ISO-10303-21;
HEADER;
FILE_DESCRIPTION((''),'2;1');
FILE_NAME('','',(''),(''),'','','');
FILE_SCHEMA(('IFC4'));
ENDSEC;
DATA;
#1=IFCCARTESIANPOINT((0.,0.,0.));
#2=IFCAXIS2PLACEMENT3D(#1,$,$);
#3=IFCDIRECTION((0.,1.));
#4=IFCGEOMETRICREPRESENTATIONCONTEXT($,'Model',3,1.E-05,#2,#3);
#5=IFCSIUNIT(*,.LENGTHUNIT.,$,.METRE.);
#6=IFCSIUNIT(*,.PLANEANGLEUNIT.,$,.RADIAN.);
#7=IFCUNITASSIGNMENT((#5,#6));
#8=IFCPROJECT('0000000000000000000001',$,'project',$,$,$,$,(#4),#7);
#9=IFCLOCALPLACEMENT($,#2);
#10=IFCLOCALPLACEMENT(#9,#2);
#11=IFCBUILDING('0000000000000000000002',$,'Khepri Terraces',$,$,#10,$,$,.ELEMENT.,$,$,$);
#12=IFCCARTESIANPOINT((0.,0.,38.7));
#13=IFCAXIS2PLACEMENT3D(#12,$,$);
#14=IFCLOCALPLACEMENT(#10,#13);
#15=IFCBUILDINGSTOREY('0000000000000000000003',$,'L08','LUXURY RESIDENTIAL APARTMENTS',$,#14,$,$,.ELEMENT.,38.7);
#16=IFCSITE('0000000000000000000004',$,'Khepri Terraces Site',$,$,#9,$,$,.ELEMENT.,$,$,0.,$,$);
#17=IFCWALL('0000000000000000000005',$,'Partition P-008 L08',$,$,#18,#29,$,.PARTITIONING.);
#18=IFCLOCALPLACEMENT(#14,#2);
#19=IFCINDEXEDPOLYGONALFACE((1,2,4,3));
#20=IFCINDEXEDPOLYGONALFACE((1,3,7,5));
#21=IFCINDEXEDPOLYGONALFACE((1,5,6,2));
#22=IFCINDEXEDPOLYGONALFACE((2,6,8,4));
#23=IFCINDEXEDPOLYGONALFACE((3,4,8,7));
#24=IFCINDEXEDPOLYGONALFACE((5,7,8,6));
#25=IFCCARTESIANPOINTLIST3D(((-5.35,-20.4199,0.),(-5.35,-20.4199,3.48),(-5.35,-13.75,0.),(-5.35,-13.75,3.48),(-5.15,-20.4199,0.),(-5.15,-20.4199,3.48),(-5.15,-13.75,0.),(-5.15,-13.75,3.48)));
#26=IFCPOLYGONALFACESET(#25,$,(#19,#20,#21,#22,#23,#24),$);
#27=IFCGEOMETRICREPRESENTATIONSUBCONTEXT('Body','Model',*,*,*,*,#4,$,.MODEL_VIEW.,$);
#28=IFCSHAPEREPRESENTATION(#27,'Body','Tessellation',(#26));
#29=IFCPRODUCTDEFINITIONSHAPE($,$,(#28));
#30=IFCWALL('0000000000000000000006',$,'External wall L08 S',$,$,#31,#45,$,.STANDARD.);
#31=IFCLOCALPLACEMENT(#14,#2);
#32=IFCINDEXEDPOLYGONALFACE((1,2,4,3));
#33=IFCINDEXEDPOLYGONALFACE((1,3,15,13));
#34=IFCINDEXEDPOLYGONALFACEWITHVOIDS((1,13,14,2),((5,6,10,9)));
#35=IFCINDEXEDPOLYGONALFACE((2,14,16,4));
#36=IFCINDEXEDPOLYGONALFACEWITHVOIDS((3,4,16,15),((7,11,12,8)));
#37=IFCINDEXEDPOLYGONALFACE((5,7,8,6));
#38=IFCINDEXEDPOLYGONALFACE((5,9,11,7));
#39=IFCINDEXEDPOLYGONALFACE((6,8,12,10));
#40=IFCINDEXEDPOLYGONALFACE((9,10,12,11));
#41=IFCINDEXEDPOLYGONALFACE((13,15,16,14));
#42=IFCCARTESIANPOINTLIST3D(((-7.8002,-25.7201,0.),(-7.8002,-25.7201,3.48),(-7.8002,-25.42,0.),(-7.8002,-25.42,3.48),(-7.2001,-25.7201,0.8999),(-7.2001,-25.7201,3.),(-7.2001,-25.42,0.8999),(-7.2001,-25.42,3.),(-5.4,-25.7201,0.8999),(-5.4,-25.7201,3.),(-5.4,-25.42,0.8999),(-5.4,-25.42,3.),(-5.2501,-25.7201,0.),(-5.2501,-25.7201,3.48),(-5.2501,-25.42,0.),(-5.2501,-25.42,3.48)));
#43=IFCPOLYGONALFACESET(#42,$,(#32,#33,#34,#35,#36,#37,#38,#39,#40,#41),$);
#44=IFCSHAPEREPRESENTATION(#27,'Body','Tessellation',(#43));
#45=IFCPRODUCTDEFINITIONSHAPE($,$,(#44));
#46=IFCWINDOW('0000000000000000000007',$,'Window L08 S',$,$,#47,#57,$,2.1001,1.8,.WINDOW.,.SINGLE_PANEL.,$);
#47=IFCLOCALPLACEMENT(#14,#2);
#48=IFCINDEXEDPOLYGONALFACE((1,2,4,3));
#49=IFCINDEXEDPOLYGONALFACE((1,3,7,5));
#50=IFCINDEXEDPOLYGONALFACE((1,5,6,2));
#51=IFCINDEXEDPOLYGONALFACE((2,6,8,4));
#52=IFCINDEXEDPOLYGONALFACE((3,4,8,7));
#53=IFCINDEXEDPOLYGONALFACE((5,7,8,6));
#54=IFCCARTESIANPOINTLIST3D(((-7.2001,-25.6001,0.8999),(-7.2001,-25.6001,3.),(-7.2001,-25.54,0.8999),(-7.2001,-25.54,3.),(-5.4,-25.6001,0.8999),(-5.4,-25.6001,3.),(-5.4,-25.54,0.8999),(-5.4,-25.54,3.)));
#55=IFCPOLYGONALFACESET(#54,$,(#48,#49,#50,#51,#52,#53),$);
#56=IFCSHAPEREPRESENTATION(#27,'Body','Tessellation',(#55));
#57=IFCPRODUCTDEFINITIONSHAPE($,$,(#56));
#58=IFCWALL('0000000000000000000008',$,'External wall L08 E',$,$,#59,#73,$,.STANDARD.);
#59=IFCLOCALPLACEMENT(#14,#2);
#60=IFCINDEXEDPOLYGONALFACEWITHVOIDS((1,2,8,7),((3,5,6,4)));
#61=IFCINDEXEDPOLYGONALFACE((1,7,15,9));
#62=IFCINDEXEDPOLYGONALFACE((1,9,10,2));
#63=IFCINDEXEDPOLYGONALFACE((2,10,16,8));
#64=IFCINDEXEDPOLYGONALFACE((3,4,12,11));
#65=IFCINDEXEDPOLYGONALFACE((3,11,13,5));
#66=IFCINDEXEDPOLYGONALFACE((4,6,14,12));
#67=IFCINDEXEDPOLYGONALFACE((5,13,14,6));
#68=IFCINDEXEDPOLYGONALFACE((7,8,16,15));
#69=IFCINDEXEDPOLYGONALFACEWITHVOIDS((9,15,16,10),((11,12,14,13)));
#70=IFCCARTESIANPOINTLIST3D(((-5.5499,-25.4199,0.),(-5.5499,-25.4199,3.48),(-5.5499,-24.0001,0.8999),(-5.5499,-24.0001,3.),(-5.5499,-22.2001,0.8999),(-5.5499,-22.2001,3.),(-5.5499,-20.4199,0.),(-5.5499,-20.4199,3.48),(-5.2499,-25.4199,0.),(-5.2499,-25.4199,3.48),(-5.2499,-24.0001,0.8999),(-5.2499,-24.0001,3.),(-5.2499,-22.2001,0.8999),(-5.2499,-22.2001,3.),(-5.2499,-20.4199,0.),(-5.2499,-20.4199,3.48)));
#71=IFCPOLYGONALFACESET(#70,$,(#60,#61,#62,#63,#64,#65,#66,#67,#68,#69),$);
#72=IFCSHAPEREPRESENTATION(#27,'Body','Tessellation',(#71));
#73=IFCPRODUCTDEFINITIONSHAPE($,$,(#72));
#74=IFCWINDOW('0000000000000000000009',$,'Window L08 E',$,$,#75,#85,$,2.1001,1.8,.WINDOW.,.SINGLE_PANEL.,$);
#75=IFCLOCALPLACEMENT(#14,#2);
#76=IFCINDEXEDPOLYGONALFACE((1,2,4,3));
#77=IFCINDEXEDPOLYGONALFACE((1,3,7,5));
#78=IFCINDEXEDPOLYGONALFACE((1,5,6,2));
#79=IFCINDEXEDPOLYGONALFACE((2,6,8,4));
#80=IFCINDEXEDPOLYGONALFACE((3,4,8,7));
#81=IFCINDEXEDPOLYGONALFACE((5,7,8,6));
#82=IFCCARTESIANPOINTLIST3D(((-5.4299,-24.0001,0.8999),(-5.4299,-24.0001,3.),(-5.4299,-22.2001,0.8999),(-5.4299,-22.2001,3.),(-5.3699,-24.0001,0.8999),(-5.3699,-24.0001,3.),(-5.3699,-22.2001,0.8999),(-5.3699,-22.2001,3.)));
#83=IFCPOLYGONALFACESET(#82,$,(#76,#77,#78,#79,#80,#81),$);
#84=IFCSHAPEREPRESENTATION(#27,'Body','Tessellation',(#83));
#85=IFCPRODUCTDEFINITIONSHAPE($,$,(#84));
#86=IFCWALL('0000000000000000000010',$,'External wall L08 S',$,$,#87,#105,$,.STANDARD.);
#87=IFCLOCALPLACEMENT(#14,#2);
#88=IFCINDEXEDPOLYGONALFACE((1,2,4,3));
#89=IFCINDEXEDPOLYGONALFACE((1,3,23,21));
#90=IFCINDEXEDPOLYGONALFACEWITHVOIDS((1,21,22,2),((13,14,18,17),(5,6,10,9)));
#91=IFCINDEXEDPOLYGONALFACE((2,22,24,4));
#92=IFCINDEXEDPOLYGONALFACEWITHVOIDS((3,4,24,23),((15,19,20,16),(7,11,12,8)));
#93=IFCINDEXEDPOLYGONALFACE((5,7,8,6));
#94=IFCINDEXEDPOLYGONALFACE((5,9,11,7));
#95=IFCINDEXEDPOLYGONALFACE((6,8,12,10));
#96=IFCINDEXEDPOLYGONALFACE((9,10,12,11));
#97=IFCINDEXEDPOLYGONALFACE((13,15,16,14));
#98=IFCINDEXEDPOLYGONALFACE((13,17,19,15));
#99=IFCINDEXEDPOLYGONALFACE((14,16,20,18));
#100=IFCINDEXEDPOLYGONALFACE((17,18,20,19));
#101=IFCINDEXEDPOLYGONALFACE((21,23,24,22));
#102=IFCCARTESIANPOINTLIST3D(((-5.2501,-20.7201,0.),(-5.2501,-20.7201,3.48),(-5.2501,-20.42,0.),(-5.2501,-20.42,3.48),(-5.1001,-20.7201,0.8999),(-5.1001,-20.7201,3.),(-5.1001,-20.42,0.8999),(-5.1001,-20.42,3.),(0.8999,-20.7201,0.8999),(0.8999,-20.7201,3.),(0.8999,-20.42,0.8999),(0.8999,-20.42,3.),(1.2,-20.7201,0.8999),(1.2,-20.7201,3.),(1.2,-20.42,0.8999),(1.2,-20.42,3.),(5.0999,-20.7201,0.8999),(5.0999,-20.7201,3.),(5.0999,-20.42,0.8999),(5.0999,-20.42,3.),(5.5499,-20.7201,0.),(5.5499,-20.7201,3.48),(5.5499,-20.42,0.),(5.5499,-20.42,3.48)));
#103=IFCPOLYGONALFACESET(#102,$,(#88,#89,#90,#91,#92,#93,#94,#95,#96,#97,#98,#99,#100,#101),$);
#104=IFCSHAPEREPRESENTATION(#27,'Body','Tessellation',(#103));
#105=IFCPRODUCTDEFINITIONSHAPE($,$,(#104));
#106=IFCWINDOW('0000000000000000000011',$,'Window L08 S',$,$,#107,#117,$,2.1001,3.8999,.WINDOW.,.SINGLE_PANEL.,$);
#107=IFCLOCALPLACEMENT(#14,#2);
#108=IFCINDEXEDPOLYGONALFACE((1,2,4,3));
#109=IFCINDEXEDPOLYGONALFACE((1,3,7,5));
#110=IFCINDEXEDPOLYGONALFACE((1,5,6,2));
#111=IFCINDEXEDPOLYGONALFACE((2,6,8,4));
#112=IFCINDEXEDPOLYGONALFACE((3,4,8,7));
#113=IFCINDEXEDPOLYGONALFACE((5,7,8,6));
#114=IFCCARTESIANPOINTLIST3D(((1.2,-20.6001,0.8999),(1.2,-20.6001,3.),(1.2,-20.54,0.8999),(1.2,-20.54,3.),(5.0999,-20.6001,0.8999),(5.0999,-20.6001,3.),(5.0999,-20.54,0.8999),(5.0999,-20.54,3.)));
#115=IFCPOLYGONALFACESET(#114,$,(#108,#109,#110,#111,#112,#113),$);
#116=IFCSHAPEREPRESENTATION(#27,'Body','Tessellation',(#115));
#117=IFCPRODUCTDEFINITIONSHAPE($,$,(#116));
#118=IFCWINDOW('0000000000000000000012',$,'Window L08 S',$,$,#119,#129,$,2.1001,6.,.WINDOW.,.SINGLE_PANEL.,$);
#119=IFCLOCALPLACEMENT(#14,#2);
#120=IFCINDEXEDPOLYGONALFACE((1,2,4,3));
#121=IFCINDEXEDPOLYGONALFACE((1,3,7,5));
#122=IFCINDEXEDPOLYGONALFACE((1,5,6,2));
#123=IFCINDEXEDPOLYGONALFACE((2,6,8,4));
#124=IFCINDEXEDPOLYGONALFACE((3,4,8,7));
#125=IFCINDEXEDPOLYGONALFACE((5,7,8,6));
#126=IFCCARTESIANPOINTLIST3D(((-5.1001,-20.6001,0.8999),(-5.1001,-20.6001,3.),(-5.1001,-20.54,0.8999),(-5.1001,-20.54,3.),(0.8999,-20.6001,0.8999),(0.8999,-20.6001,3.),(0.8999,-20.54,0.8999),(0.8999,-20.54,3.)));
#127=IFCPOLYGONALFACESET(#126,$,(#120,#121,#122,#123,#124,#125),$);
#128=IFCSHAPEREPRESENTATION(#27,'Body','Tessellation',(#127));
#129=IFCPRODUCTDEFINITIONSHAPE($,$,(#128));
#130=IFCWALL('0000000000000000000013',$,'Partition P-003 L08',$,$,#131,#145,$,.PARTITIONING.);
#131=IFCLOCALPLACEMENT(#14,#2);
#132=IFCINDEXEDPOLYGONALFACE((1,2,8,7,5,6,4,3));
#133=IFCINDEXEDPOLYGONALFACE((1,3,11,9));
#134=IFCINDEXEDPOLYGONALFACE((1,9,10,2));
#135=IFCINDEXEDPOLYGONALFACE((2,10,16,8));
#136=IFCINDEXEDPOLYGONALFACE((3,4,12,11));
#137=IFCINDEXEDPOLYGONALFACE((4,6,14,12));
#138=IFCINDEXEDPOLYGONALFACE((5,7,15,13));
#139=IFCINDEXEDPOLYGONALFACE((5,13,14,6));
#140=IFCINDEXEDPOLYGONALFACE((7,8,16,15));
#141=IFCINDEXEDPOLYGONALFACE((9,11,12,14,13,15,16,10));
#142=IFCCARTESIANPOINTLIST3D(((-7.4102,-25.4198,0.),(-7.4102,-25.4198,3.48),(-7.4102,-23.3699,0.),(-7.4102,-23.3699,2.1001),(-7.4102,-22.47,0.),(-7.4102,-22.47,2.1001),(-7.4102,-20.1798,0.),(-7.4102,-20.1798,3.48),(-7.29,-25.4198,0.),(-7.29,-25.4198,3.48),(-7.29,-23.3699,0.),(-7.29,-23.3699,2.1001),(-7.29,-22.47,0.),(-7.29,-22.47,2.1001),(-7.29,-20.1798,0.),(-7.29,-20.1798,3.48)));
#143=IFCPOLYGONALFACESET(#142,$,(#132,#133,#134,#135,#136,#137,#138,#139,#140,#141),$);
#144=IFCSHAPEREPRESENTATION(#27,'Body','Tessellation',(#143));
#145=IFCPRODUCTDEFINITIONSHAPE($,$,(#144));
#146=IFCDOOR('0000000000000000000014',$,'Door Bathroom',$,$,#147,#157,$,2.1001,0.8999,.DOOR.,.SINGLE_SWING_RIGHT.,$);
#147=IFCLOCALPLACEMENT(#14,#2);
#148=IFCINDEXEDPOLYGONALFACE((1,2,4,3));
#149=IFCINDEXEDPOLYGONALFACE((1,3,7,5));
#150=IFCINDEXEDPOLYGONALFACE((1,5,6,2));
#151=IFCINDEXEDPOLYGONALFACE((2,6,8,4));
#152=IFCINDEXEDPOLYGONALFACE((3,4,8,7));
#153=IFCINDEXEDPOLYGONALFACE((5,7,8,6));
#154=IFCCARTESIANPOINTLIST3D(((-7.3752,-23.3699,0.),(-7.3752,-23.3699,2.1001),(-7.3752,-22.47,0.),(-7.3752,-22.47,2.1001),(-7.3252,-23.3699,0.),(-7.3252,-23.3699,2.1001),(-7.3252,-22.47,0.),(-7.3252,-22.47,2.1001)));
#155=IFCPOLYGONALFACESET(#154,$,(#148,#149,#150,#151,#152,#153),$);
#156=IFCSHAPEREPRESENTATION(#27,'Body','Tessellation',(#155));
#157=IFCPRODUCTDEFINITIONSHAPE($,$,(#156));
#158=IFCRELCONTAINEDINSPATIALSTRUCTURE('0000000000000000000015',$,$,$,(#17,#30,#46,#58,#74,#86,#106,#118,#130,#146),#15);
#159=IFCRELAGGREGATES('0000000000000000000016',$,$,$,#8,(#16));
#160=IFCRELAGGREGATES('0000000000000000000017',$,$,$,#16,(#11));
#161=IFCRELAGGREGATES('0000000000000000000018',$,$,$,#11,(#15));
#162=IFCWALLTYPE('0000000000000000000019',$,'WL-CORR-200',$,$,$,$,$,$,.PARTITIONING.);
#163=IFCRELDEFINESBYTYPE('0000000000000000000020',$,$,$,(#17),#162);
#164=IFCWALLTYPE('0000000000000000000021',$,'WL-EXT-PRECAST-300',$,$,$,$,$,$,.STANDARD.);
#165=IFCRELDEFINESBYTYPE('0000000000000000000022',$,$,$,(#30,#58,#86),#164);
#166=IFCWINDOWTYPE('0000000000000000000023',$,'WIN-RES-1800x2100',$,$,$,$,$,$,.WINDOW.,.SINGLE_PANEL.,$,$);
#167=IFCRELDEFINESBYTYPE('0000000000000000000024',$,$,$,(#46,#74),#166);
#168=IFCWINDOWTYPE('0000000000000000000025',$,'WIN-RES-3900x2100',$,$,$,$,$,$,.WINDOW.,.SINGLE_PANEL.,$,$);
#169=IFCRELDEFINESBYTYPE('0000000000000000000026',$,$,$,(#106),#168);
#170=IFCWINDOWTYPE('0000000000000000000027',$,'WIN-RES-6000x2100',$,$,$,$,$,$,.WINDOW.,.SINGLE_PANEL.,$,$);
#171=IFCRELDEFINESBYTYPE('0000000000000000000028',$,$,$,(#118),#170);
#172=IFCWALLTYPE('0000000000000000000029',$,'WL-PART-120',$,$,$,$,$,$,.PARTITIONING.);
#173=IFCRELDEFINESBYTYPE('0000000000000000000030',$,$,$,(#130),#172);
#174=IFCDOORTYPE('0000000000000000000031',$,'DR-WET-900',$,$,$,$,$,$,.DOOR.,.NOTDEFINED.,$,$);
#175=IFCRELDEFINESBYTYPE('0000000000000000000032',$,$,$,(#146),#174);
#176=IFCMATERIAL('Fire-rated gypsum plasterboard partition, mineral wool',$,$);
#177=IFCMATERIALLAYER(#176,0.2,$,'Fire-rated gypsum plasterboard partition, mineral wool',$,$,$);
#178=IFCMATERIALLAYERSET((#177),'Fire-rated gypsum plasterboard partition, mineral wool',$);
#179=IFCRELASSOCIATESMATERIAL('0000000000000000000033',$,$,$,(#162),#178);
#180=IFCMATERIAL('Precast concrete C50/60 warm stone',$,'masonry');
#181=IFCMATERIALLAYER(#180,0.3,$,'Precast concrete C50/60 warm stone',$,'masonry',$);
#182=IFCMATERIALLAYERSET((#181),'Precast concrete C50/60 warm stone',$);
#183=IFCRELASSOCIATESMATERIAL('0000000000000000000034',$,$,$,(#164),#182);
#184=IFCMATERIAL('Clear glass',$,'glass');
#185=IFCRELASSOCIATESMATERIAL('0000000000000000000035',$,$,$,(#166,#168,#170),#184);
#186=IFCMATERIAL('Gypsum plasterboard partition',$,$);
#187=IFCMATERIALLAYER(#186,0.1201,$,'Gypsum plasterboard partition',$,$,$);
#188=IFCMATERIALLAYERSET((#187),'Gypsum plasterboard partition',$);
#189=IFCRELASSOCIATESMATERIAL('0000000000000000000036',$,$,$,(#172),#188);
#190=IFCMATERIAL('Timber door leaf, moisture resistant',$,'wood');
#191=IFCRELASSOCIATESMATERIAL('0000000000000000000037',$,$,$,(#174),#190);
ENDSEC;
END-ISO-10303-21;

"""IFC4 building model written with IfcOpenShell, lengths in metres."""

from ifc_helpers import new_model, si_unit, direction, frame, frame_2d, origin, place, context, subcontext, project, spatial, rectangle, extrude, material, layer, layer_set, type_object, element, fill, save


model = new_model("IFC4")

# Units and contexts
model_context = context("Model", 3, precision=1e-05, world=origin(), true_north=direction((0.0, 1.0)))
body_context = subcontext(model_context, "Body", "Model", "MODEL_VIEW")
ifc_project = project(units=[si_unit("LENGTHUNIT", "METRE"), si_unit("PLANEANGLEUNIT", "RADIAN")], contexts=[model_context])

# Site, building, storey
site_placement = place(None, origin())
site = spatial("IfcSite", under=ifc_project, at=site_placement, Name="Khepri Terraces Site", CompositionType="ELEMENT", RefElevation=0.0)
building_placement = place(site_placement, origin())
building = spatial("IfcBuilding", under=site, at=building_placement, Name="Khepri Terraces", CompositionType="ELEMENT")
storey_placement = place(building_placement, frame((0.0, 0.0, 38.7)))
storey = spatial("IfcBuildingStorey", under=building, at=storey_placement, Name="L08", Description="LUXURY RESIDENTIAL APARTMENTS", CompositionType="ELEMENT", Elevation=38.7)

# Wall
ifc_material_1 = material(Name="Fire-rated gypsum plasterboard partition, mineral wool")
ifc_layer_1 = layer(ifc_material_1, 0.2, Name="Fire-rated gypsum plasterboard partition, mineral wool")
ifc_layer_set_1 = layer_set([ifc_layer_1], Name="Fire-rated gypsum plasterboard partition, mineral wool")
wall_type_1 = type_object("IfcWallType", Name="WL-CORR-200", PredefinedType="PARTITIONING", material=ifc_layer_set_1)
wall_1_placement = place(storey_placement, frame((-5.25, -20.4199, 0.0), z_axis=(0.0, 0.0, 1.0), x_axis=(0.0, 1.0, 0.0)))
element("IfcWall", 1, at=wall_1_placement, inside=storey, type_object=wall_type_1, Name="Partition P-008 L08", PredefinedType="PARTITIONING", context=body_context, shape_type="SweptSolid", body=[
    extrude(rectangle(XDim=6.6699, YDim=0.2, at=frame_2d((3.335, 0.0))), origin(), (0.0, 0.0, 1.0), 3.48),
])

# Walls, openings, windows
ifc_material_2 = material(Name="Precast concrete C50/60 warm stone", Category="masonry")
ifc_layer_2 = layer(ifc_material_2, 0.3, Name="Precast concrete C50/60 warm stone", Category="masonry")
ifc_layer_set_2 = layer_set([ifc_layer_2], Name="Precast concrete C50/60 warm stone")
wall_type_2 = type_object("IfcWallType", Name="WL-EXT-PRECAST-300", PredefinedType="STANDARD", material=ifc_layer_set_2)
wall_2_placement = place(storey_placement, frame((-7.8, -25.5701, 0.0), z_axis=(0.0, 0.0, 1.0), x_axis=(1.0, 0.0, 0.0)))
wall_2 = element("IfcWall", 2, at=wall_2_placement, inside=storey, type_object=wall_type_2, Name="External wall L08 S", PredefinedType="STANDARD", context=body_context, shape_type="SweptSolid", body=[
    extrude(rectangle(XDim=2.55, YDim=0.3, at=frame_2d((1.2749, 0.0))), origin(), (0.0, 0.0, 1.0), 3.48),
])
opening_1_placement = place(wall_2_placement, frame((0.6001, 0.0, 0.8999)))
opening_1 = element("IfcOpeningElement", 3, at=opening_1_placement, cuts=wall_2, PredefinedType="OPENING", context=body_context, shape_type="SweptSolid", body=[
    extrude(rectangle(XDim=1.8, YDim=2.1001, at=frame_2d((0.8999, 1.05))), frame((0.0, 0.1602, 0.0), z_axis=(0.0, -1.0, 0.0), x_axis=(1.0, 0.0, 0.0)), (0.0, 0.0, 1.0), 0.3201),
])
ifc_material_3 = material(Name="Clear glass", Category="glass")
window_type_1 = type_object("IfcWindowType", Name="WIN-RES-1800x2100", PartitioningType="SINGLE_PANEL", PredefinedType="WINDOW", material=ifc_material_3)
window_1_placement = place(opening_1_placement, origin())
window_1 = element("IfcWindow", 4, at=window_1_placement, inside=storey, type_object=window_type_1, Name="Window L08 S", OverallHeight=2.1001, OverallWidth=1.8, PartitioningType="SINGLE_PANEL", PredefinedType="WINDOW", context=body_context, shape_type="SweptSolid", body=[
    extrude(rectangle(XDim=1.8, YDim=2.1001, at=frame_2d((0.8999, 1.05))), frame((0.0, 0.03, 0.0), z_axis=(0.0, -1.0, 0.0), x_axis=(1.0, 0.0, 0.0)), (0.0, 0.0, 1.0), 0.0601),
])
fill(opening_1, window_1)
wall_3_placement = place(storey_placement, frame((-5.3999, -25.4199, 0.0), z_axis=(0.0, 0.0, 1.0), x_axis=(0.0, 1.0, 0.0)))
wall_3 = element("IfcWall", 5, at=wall_3_placement, inside=storey, type_object=wall_type_2, Name="External wall L08 E", PredefinedType="STANDARD", context=body_context, shape_type="SweptSolid", body=[
    extrude(rectangle(XDim=5.0, YDim=0.3, at=frame_2d((2.5, 0.0))), origin(), (0.0, 0.0, 1.0), 3.48),
])
opening_2_placement = place(wall_3_placement, frame((1.4199, 0.0, 0.8999)))
opening_2 = element("IfcOpeningElement", 6, at=opening_2_placement, cuts=wall_3, PredefinedType="OPENING", context=body_context, shape_type="SweptSolid", body=[
    extrude(rectangle(XDim=1.8, YDim=2.1001, at=frame_2d((0.8999, 1.05))), frame((0.0, 0.1602, 0.0), z_axis=(0.0, -1.0, 0.0), x_axis=(1.0, 0.0, 0.0)), (0.0, 0.0, 1.0), 0.3201),
])
window_2_placement = place(opening_2_placement, origin())
window_2 = element("IfcWindow", 7, at=window_2_placement, inside=storey, type_object=window_type_1, Name="Window L08 E", OverallHeight=2.1001, OverallWidth=1.8, PartitioningType="SINGLE_PANEL", PredefinedType="WINDOW", context=body_context, shape_type="SweptSolid", body=[
    extrude(rectangle(XDim=1.8, YDim=2.1001, at=frame_2d((0.8999, 1.05))), frame((0.0, 0.03, 0.0), z_axis=(0.0, -1.0, 0.0), x_axis=(1.0, 0.0, 0.0)), (0.0, 0.0, 1.0), 0.0601),
])
fill(opening_2, window_2)

# Wall, openings, windows
wall_4_placement = place(storey_placement, frame((-5.25, -20.5701, 0.0), z_axis=(0.0, 0.0, 1.0), x_axis=(1.0, 0.0, 0.0)))
wall_4 = element("IfcWall", 8, at=wall_4_placement, inside=storey, type_object=wall_type_2, Name="External wall L08 S", PredefinedType="STANDARD", context=body_context, shape_type="SweptSolid", body=[
    extrude(rectangle(XDim=10.8, YDim=0.3, at=frame_2d((5.3999, 0.0))), origin(), (0.0, 0.0, 1.0), 3.48),
])
opening_3_placement = place(wall_4_placement, frame((0.1499, 0.0, 0.8999)))
opening_3 = element("IfcOpeningElement", 9, at=opening_3_placement, cuts=wall_4, PredefinedType="OPENING", context=body_context, shape_type="SweptSolid", body=[
    extrude(rectangle(XDim=6.0, YDim=2.1001, at=frame_2d((3.0, 1.05))), frame((0.0, 0.1602, 0.0), z_axis=(0.0, -1.0, 0.0), x_axis=(1.0, 0.0, 0.0)), (0.0, 0.0, 1.0), 0.3201),
])
opening_4_placement = place(wall_4_placement, frame((6.45, 0.0, 0.8999)))
opening_4 = element("IfcOpeningElement", 10, at=opening_4_placement, cuts=wall_4, PredefinedType="OPENING", context=body_context, shape_type="SweptSolid", body=[
    extrude(rectangle(XDim=3.8999, YDim=2.1001, at=frame_2d((1.95, 1.05))), frame((0.0, 0.1602, 0.0), z_axis=(0.0, -1.0, 0.0), x_axis=(1.0, 0.0, 0.0)), (0.0, 0.0, 1.0), 0.3201),
])
window_type_2 = type_object("IfcWindowType", Name="WIN-RES-3900x2100", PartitioningType="SINGLE_PANEL", PredefinedType="WINDOW", material=ifc_material_3)
window_3_placement = place(opening_4_placement, origin())
window_3 = element("IfcWindow", 11, at=window_3_placement, inside=storey, type_object=window_type_2, Name="Window L08 S", OverallHeight=2.1001, OverallWidth=3.8999, PartitioningType="SINGLE_PANEL", PredefinedType="WINDOW", context=body_context, shape_type="SweptSolid", body=[
    extrude(rectangle(XDim=3.8999, YDim=2.1001, at=frame_2d((1.95, 1.05))), frame((0.0, 0.03, 0.0), z_axis=(0.0, -1.0, 0.0), x_axis=(1.0, 0.0, 0.0)), (0.0, 0.0, 1.0), 0.0601),
])
fill(opening_4, window_3)
window_type_3 = type_object("IfcWindowType", Name="WIN-RES-6000x2100", PartitioningType="SINGLE_PANEL", PredefinedType="WINDOW", material=ifc_material_3)
window_4_placement = place(opening_3_placement, origin())
window_4 = element("IfcWindow", 12, at=window_4_placement, inside=storey, type_object=window_type_3, Name="Window L08 S", OverallHeight=2.1001, OverallWidth=6.0, PartitioningType="SINGLE_PANEL", PredefinedType="WINDOW", context=body_context, shape_type="SweptSolid", body=[
    extrude(rectangle(XDim=6.0, YDim=2.1001, at=frame_2d((3.0, 1.05))), frame((0.0, 0.03, 0.0), z_axis=(0.0, -1.0, 0.0), x_axis=(1.0, 0.0, 0.0)), (0.0, 0.0, 1.0), 0.0601),
])
fill(opening_3, window_4)

# Wall, opening, door
ifc_material_4 = material(Name="Gypsum plasterboard partition")
ifc_layer_3 = layer(ifc_material_4, 0.1201, Name="Gypsum plasterboard partition")
ifc_layer_set_3 = layer_set([ifc_layer_3], Name="Gypsum plasterboard partition")
wall_type_3 = type_object("IfcWallType", Name="WL-PART-120", PredefinedType="PARTITIONING", material=ifc_layer_set_3)
wall_5_placement = place(storey_placement, frame((-7.3501, -25.4199, 0.0), z_axis=(0.0, 0.0, 1.0), x_axis=(0.0, 1.0, 0.0)))
wall_5 = element("IfcWall", 13, at=wall_5_placement, inside=storey, type_object=wall_type_3, Name="Partition P-003 L08", PredefinedType="PARTITIONING", context=body_context, shape_type="SweptSolid", body=[
    extrude(rectangle(XDim=5.24, YDim=0.1201, at=frame_2d((2.6201, 0.0))), origin(), (0.0, 0.0, 1.0), 3.48),
])
opening_5_placement = place(wall_5_placement, frame((2.05, 0.0, 0.0)))
opening_5 = element("IfcOpeningElement", 14, at=opening_5_placement, cuts=wall_5, PredefinedType="OPENING", context=body_context, shape_type="SweptSolid", body=[
    extrude(rectangle(XDim=0.8999, YDim=2.1001, at=frame_2d((0.45, 1.05))), frame((0.0, 0.0701, 0.0), z_axis=(0.0, -1.0, 0.0), x_axis=(1.0, 0.0, 0.0)), (0.0, 0.0, 1.0), 0.1401),
])
ifc_material_5 = material(Name="Timber door leaf, moisture resistant", Category="wood")
door_type_1 = type_object("IfcDoorType", Name="DR-WET-900", OperationType="NOTDEFINED", PredefinedType="DOOR", material=ifc_material_5)
door_1_placement = place(opening_5_placement, frame((0.8999, 0.0, 0.0), z_axis=(0.0, 0.0, 1.0), x_axis=(-1.0, 0.0, 0.0)))
door_1 = element("IfcDoor", 15, at=door_1_placement, inside=storey, type_object=door_type_1, Name="Door Bathroom", OperationType="SINGLE_SWING_RIGHT", OverallHeight=2.1001, OverallWidth=0.8999, PredefinedType="DOOR", context=body_context, shape_type="SweptSolid", body=[
    extrude(rectangle(XDim=0.8999, YDim=2.1001, at=frame_2d((0.45, 1.05))), frame((0.0, 0.0249, 0.0), z_axis=(0.0, -1.0, 0.0), x_axis=(1.0, 0.0, 0.0)), (0.0, 0.0, 1.0), 0.05),
])
fill(opening_5, door_1)

save(model, "model.ifc")
